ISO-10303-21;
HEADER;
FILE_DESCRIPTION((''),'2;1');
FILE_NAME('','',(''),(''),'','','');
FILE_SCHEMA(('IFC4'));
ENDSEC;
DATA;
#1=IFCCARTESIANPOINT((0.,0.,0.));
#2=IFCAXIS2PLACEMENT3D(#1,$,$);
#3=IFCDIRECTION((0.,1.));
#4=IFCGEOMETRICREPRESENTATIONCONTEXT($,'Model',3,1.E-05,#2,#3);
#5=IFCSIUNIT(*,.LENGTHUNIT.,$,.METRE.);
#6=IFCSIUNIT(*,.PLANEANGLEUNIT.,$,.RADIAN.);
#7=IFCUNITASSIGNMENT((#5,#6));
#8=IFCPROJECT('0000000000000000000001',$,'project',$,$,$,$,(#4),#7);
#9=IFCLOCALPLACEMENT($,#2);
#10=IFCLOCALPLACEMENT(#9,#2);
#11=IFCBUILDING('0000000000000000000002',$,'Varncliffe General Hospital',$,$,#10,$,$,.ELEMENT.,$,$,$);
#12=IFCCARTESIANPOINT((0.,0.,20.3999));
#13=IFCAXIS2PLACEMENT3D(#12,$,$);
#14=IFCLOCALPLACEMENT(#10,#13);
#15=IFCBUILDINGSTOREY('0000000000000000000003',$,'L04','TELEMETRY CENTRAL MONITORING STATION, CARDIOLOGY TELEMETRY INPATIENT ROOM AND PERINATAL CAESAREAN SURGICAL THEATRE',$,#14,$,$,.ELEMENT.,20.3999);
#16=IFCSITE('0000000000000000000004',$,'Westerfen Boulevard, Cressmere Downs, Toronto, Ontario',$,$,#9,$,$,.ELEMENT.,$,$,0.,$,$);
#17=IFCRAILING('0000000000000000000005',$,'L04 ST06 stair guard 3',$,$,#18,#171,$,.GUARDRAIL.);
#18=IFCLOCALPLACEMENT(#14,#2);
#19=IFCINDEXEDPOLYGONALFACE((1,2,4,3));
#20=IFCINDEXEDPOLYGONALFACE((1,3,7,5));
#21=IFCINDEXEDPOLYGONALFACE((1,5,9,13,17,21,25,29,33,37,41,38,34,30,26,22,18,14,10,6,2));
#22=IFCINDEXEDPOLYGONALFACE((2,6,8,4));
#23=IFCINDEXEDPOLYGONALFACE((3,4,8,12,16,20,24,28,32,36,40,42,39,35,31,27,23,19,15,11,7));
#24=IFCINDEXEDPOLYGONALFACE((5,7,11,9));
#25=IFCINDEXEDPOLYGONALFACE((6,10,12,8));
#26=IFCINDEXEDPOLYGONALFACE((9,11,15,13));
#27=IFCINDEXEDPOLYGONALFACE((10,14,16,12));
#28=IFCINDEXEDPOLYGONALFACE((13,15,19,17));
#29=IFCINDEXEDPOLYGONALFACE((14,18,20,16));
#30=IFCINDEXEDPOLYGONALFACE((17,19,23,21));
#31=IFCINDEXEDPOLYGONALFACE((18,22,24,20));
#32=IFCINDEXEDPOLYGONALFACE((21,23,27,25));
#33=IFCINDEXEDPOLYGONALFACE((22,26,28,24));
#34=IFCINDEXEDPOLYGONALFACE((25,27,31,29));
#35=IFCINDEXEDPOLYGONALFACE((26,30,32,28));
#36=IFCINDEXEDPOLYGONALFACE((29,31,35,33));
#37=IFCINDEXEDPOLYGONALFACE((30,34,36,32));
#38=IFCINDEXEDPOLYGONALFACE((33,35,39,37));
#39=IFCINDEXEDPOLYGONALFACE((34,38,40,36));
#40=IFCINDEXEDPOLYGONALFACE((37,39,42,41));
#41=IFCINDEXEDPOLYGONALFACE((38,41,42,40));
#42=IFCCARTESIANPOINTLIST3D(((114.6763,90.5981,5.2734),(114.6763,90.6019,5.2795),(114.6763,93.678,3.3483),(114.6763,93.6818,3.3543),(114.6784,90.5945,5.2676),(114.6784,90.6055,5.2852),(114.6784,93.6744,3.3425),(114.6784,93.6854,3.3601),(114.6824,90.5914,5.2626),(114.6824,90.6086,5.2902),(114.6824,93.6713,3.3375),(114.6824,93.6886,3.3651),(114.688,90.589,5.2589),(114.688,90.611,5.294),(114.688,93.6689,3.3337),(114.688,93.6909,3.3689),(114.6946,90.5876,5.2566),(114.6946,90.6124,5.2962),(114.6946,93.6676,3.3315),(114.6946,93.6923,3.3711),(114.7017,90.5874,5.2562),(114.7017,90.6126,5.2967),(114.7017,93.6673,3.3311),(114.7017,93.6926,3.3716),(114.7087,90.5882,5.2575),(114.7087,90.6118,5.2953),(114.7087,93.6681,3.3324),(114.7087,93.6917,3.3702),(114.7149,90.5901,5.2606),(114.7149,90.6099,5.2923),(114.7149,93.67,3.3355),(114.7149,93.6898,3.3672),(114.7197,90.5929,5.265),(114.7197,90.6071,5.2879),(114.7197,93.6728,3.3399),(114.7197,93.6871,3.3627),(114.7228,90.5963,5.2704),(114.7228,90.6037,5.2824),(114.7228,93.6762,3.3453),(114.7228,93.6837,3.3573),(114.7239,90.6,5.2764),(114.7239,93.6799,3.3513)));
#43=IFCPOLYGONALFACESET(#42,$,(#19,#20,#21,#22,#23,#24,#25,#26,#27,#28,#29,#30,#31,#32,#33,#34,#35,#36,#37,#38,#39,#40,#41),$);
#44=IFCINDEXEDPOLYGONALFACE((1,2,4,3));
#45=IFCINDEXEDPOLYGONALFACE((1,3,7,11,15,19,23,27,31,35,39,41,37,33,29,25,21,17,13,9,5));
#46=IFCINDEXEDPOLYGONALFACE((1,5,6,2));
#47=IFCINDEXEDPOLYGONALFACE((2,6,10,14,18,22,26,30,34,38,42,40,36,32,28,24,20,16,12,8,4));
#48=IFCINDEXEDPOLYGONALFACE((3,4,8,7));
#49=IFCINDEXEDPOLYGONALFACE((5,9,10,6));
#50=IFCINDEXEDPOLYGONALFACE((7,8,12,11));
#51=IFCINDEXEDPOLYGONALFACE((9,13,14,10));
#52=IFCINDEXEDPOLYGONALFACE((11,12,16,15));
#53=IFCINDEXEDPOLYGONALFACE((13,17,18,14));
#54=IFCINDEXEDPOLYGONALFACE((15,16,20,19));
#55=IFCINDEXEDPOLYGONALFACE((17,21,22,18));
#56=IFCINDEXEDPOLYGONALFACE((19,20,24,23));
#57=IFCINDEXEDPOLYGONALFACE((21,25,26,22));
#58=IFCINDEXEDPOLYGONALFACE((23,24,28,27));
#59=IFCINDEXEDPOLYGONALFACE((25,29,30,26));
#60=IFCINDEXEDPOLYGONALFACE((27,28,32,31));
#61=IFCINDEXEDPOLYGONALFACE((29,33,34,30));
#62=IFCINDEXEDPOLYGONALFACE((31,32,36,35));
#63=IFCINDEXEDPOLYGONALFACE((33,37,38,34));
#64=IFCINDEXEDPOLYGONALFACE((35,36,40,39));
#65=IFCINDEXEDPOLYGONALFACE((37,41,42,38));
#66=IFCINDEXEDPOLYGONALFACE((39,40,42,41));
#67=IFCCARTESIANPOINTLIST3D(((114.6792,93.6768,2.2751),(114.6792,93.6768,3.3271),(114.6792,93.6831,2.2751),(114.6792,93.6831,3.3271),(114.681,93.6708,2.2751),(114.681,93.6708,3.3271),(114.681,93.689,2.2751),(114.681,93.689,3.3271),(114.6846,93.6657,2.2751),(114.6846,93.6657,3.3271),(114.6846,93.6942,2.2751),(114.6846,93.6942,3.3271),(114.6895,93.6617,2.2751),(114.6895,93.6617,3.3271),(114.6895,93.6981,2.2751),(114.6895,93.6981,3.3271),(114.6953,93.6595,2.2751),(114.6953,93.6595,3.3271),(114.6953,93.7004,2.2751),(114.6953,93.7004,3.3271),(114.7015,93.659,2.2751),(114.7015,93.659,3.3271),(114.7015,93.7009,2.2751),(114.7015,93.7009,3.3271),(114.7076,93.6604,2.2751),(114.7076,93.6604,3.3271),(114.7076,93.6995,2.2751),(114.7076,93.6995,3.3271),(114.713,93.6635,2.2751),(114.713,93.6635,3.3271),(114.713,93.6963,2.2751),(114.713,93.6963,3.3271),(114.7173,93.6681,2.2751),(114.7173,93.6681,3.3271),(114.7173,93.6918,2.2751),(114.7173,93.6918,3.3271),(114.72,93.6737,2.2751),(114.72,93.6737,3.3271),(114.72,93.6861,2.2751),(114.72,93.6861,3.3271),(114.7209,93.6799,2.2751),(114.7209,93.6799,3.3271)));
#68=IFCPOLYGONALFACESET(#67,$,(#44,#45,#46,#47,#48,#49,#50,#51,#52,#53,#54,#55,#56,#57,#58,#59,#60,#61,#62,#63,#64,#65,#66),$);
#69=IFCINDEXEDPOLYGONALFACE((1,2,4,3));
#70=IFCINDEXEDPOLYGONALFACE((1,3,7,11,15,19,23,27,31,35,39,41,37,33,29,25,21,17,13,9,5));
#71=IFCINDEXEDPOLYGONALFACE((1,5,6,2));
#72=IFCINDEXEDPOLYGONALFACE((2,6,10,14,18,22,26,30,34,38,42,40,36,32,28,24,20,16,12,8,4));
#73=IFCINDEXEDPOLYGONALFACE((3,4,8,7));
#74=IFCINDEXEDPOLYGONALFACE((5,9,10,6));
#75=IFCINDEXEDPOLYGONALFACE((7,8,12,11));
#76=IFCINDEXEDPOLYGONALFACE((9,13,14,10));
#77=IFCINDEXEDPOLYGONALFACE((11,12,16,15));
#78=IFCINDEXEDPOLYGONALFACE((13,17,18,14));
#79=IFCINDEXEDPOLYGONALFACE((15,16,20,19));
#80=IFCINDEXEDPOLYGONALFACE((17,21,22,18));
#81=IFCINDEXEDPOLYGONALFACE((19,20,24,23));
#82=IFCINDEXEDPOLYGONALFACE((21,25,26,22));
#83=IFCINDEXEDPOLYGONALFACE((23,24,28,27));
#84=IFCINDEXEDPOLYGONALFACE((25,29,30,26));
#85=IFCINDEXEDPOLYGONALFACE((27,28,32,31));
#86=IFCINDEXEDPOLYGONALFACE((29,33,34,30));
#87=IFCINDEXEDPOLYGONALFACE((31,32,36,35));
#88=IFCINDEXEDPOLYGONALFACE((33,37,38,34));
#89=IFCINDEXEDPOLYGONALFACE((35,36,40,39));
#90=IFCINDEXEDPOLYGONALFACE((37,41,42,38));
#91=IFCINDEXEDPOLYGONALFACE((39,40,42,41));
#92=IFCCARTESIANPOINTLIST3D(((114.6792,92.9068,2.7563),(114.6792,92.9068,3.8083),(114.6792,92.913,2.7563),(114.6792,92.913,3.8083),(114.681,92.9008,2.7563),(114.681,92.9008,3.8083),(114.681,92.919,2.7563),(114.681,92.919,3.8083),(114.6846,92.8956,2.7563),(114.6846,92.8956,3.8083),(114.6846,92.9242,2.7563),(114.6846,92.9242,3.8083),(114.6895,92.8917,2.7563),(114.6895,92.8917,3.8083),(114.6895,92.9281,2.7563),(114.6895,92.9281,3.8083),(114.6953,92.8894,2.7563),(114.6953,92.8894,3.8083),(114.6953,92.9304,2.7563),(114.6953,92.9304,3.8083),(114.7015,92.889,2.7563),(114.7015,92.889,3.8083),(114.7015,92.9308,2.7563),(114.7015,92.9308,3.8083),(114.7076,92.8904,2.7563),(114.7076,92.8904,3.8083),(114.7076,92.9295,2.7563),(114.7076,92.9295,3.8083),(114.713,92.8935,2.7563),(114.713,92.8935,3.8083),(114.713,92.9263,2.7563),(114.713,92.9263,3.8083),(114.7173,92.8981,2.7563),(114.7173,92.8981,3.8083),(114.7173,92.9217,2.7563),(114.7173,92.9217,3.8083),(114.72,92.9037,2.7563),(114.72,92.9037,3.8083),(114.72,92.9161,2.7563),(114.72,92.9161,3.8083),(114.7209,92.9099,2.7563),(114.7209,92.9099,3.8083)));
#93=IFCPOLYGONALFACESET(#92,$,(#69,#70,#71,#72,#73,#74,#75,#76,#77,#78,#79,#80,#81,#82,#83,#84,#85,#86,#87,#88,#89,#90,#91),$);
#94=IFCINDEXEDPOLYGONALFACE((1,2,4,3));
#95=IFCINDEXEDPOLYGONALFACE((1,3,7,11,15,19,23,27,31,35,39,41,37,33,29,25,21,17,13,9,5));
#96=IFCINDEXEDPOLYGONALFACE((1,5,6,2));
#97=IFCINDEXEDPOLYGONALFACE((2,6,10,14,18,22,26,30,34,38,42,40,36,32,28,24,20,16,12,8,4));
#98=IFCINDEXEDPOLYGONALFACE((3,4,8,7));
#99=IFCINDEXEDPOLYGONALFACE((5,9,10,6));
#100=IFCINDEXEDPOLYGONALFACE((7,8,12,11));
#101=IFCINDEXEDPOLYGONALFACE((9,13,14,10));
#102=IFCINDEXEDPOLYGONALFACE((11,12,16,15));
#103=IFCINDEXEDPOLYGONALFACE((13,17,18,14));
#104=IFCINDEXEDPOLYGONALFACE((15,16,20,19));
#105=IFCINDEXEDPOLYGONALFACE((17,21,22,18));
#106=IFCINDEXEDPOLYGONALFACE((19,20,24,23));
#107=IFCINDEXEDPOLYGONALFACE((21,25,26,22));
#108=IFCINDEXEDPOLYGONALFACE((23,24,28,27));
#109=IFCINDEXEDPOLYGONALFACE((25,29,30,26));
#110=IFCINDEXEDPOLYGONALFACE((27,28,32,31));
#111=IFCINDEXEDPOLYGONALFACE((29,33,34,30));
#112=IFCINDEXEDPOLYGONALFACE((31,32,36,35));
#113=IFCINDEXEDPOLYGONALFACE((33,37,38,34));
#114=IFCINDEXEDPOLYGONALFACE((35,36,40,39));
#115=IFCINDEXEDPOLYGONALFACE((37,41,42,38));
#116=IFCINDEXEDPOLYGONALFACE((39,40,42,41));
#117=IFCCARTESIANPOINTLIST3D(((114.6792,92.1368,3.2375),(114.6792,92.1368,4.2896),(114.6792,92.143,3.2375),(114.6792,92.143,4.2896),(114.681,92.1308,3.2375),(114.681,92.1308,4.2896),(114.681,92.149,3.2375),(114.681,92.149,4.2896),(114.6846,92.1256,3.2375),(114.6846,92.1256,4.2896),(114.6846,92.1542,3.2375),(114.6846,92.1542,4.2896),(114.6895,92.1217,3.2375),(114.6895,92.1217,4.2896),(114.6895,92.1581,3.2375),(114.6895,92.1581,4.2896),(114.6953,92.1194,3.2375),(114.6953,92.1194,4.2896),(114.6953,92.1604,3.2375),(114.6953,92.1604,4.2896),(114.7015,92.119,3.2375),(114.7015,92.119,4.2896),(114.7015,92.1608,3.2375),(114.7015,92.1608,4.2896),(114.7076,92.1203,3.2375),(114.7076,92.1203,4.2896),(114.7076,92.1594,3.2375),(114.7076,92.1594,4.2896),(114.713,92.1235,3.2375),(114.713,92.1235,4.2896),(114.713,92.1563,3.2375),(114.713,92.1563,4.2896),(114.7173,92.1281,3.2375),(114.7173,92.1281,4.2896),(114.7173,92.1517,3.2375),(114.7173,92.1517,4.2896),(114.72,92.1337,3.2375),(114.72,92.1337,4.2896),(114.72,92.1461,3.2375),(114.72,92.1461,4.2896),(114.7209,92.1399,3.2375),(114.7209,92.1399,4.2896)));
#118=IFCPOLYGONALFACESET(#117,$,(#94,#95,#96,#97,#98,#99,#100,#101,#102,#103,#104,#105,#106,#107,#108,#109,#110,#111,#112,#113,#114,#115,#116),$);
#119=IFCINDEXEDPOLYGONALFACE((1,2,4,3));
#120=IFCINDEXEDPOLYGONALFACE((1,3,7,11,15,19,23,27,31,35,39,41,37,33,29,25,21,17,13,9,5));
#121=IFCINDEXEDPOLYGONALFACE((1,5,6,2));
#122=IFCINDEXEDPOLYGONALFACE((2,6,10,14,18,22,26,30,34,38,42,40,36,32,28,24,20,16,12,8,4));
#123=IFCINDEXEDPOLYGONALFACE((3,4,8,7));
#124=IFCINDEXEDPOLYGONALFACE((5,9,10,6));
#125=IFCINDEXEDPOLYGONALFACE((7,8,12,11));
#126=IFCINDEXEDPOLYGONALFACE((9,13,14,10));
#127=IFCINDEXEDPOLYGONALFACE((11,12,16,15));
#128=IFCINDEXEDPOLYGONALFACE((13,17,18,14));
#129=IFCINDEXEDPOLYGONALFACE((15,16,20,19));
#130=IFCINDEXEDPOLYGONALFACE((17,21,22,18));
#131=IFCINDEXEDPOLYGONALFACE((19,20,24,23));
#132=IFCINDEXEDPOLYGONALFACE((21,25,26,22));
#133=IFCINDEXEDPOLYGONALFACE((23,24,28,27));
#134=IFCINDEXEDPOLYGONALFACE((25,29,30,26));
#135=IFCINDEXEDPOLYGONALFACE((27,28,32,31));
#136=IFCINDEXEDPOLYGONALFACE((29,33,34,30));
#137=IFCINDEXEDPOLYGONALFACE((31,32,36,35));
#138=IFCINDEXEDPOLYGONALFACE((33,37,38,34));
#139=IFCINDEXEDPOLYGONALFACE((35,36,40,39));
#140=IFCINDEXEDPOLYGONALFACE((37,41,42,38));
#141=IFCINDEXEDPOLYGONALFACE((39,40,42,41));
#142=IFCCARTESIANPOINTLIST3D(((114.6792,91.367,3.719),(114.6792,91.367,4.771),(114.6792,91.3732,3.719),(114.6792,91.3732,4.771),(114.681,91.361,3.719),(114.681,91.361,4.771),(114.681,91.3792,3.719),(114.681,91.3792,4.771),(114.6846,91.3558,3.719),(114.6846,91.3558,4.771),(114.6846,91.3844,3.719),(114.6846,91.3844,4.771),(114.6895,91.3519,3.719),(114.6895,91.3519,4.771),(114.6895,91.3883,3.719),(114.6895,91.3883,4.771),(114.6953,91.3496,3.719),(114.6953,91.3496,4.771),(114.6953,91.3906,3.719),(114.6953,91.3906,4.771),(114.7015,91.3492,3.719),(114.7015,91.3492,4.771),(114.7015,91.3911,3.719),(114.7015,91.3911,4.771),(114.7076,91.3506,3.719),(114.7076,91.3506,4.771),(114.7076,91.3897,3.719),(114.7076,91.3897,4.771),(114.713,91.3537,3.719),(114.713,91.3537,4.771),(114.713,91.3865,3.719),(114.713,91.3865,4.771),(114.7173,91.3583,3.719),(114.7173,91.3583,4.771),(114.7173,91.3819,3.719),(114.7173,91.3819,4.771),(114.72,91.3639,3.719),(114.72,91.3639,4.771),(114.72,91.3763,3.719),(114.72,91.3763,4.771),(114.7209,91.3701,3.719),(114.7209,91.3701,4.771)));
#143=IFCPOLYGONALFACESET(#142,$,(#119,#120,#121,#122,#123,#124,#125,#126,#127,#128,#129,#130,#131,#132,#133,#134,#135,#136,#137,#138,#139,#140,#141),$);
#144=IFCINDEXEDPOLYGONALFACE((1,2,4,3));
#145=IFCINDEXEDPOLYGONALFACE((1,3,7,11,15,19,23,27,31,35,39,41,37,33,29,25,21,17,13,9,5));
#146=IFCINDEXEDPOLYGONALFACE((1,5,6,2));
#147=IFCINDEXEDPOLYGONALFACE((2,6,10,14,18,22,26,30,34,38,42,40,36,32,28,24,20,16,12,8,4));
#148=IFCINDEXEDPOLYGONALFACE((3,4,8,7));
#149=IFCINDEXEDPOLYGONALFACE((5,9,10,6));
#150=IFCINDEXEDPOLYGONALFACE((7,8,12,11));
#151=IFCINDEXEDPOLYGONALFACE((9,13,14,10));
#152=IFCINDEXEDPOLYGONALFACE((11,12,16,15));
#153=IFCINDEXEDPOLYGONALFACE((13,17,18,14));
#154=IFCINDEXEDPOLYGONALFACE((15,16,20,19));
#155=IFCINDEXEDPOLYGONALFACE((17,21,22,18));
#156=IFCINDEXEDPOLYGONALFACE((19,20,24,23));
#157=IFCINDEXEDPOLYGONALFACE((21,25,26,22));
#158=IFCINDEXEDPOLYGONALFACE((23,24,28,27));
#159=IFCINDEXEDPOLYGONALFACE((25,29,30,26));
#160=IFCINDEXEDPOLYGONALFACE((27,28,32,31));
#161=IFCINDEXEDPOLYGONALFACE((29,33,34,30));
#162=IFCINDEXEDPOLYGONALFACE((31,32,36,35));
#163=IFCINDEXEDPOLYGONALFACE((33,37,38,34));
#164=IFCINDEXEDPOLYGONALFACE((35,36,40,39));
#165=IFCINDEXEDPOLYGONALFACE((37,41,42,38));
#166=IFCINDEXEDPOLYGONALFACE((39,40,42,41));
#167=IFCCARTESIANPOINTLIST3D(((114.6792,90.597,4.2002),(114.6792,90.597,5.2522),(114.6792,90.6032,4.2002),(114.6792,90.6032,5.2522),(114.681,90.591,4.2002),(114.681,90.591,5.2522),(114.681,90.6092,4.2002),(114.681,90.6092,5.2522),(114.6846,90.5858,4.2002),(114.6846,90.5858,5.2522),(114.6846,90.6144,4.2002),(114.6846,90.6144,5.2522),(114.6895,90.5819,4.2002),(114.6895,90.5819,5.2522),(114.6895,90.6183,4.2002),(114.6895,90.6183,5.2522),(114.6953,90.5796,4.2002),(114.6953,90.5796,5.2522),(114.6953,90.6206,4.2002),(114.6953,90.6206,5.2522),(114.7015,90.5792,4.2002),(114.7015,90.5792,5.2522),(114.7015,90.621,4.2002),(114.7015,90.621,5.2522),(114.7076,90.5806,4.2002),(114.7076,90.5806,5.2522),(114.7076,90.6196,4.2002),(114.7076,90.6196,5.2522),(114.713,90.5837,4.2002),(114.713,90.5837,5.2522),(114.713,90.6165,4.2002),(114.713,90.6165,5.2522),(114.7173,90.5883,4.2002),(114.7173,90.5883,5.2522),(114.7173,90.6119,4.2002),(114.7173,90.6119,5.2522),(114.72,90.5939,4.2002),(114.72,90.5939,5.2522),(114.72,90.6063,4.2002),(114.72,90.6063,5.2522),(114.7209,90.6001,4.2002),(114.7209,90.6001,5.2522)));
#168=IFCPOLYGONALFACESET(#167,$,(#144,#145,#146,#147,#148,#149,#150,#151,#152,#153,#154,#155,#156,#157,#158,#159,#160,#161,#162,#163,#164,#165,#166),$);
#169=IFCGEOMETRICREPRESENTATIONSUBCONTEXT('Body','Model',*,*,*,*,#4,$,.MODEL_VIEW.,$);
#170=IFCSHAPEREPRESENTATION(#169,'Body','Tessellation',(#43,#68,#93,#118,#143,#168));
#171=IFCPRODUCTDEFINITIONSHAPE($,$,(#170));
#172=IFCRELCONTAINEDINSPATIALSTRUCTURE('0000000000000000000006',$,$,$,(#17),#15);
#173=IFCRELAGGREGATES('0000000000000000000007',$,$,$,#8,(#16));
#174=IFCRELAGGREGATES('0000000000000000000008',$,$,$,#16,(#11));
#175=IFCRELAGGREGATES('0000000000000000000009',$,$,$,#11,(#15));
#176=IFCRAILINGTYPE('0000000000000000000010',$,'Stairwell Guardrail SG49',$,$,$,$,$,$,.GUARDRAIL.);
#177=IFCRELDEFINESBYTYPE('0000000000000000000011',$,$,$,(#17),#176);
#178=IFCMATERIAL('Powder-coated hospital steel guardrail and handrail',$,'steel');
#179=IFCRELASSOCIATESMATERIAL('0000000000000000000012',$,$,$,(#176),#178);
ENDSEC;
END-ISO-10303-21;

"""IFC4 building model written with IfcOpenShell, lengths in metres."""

from ifc_helpers import new_model, si_unit, direction, frame, origin, origin_2d, place, context, subcontext, project, spatial, circle, extrude, material, type_object, element, save


model = new_model("IFC4")

# Units and contexts
model_context = context("Model", 3, precision=1e-05, world=origin(), true_north=direction((0.0, 1.0)))
body_context = subcontext(model_context, "Body", "Model", "MODEL_VIEW")
ifc_project = project(units=[si_unit("LENGTHUNIT", "METRE"), si_unit("PLANEANGLEUNIT", "RADIAN")], contexts=[model_context])

# Site, building, storey
site_placement = place(None, origin())
site = spatial("IfcSite", under=ifc_project, at=site_placement, Name="Westerfen Boulevard, Cressmere Downs, Toronto, Ontario", CompositionType="ELEMENT", RefElevation=0.0)
building_placement = place(site_placement, origin())
building = spatial("IfcBuilding", under=site, at=building_placement, Name="Varncliffe General Hospital", CompositionType="ELEMENT")
storey_placement = place(building_placement, frame((0.0, 0.0, 20.3999)))
storey = spatial("IfcBuildingStorey", under=building, at=storey_placement, Name="L04", Description="TELEMETRY CENTRAL MONITORING STATION, CARDIOLOGY TELEMETRY INPATIENT ROOM AND PERINATAL CAESAREAN SURGICAL THEATRE", CompositionType="ELEMENT", Elevation=20.3999)

# Railing
ifc_material_1 = material(Name="Powder-coated hospital steel guardrail and handrail", Category="steel")
railing_type_1 = type_object("IfcRailingType", Name="Stairwell Guardrail SG49", PredefinedType="GUARDRAIL", material=ifc_material_1)
railing_1_placement = place(storey_placement, frame((114.7, 93.6799, 2.2751)))
element("IfcRailing", 1, at=railing_1_placement, inside=storey, type_object=railing_type_1, Name="L04 ST06 stair guard 3", PredefinedType="GUARDRAIL", context=body_context, shape_type="SweptSolid", body=[
    extrude(circle(Radius=0.0239, at=origin_2d()), frame((0.0, 0.0, 1.0762), z_axis=(0.0, -0.847979, 0.530029), x_axis=(1.0, 0.0, 0.0)), (0.0, 0.0, 1.0), 3.6321),
    extrude(circle(Radius=0.021, at=origin_2d()), origin(), (0.0, 0.0, 1.0), 1.052),
    extrude(circle(Radius=0.021, at=origin_2d()), frame((0.0, -0.77, 0.4812)), (0.0, 0.0, 1.0), 1.052),
    extrude(circle(Radius=0.021, at=origin_2d()), frame((0.0, -1.54, 0.9624)), (0.0, 0.0, 1.0), 1.052),
    extrude(circle(Radius=0.021, at=origin_2d()), frame((0.0, -2.3098, 1.4438)), (0.0, 0.0, 1.0), 1.052),
    extrude(circle(Radius=0.021, at=origin_2d()), frame((0.0, -3.0798, 1.925)), (0.0, 0.0, 1.0), 1.052),
])

save(model, "model.ifc")
